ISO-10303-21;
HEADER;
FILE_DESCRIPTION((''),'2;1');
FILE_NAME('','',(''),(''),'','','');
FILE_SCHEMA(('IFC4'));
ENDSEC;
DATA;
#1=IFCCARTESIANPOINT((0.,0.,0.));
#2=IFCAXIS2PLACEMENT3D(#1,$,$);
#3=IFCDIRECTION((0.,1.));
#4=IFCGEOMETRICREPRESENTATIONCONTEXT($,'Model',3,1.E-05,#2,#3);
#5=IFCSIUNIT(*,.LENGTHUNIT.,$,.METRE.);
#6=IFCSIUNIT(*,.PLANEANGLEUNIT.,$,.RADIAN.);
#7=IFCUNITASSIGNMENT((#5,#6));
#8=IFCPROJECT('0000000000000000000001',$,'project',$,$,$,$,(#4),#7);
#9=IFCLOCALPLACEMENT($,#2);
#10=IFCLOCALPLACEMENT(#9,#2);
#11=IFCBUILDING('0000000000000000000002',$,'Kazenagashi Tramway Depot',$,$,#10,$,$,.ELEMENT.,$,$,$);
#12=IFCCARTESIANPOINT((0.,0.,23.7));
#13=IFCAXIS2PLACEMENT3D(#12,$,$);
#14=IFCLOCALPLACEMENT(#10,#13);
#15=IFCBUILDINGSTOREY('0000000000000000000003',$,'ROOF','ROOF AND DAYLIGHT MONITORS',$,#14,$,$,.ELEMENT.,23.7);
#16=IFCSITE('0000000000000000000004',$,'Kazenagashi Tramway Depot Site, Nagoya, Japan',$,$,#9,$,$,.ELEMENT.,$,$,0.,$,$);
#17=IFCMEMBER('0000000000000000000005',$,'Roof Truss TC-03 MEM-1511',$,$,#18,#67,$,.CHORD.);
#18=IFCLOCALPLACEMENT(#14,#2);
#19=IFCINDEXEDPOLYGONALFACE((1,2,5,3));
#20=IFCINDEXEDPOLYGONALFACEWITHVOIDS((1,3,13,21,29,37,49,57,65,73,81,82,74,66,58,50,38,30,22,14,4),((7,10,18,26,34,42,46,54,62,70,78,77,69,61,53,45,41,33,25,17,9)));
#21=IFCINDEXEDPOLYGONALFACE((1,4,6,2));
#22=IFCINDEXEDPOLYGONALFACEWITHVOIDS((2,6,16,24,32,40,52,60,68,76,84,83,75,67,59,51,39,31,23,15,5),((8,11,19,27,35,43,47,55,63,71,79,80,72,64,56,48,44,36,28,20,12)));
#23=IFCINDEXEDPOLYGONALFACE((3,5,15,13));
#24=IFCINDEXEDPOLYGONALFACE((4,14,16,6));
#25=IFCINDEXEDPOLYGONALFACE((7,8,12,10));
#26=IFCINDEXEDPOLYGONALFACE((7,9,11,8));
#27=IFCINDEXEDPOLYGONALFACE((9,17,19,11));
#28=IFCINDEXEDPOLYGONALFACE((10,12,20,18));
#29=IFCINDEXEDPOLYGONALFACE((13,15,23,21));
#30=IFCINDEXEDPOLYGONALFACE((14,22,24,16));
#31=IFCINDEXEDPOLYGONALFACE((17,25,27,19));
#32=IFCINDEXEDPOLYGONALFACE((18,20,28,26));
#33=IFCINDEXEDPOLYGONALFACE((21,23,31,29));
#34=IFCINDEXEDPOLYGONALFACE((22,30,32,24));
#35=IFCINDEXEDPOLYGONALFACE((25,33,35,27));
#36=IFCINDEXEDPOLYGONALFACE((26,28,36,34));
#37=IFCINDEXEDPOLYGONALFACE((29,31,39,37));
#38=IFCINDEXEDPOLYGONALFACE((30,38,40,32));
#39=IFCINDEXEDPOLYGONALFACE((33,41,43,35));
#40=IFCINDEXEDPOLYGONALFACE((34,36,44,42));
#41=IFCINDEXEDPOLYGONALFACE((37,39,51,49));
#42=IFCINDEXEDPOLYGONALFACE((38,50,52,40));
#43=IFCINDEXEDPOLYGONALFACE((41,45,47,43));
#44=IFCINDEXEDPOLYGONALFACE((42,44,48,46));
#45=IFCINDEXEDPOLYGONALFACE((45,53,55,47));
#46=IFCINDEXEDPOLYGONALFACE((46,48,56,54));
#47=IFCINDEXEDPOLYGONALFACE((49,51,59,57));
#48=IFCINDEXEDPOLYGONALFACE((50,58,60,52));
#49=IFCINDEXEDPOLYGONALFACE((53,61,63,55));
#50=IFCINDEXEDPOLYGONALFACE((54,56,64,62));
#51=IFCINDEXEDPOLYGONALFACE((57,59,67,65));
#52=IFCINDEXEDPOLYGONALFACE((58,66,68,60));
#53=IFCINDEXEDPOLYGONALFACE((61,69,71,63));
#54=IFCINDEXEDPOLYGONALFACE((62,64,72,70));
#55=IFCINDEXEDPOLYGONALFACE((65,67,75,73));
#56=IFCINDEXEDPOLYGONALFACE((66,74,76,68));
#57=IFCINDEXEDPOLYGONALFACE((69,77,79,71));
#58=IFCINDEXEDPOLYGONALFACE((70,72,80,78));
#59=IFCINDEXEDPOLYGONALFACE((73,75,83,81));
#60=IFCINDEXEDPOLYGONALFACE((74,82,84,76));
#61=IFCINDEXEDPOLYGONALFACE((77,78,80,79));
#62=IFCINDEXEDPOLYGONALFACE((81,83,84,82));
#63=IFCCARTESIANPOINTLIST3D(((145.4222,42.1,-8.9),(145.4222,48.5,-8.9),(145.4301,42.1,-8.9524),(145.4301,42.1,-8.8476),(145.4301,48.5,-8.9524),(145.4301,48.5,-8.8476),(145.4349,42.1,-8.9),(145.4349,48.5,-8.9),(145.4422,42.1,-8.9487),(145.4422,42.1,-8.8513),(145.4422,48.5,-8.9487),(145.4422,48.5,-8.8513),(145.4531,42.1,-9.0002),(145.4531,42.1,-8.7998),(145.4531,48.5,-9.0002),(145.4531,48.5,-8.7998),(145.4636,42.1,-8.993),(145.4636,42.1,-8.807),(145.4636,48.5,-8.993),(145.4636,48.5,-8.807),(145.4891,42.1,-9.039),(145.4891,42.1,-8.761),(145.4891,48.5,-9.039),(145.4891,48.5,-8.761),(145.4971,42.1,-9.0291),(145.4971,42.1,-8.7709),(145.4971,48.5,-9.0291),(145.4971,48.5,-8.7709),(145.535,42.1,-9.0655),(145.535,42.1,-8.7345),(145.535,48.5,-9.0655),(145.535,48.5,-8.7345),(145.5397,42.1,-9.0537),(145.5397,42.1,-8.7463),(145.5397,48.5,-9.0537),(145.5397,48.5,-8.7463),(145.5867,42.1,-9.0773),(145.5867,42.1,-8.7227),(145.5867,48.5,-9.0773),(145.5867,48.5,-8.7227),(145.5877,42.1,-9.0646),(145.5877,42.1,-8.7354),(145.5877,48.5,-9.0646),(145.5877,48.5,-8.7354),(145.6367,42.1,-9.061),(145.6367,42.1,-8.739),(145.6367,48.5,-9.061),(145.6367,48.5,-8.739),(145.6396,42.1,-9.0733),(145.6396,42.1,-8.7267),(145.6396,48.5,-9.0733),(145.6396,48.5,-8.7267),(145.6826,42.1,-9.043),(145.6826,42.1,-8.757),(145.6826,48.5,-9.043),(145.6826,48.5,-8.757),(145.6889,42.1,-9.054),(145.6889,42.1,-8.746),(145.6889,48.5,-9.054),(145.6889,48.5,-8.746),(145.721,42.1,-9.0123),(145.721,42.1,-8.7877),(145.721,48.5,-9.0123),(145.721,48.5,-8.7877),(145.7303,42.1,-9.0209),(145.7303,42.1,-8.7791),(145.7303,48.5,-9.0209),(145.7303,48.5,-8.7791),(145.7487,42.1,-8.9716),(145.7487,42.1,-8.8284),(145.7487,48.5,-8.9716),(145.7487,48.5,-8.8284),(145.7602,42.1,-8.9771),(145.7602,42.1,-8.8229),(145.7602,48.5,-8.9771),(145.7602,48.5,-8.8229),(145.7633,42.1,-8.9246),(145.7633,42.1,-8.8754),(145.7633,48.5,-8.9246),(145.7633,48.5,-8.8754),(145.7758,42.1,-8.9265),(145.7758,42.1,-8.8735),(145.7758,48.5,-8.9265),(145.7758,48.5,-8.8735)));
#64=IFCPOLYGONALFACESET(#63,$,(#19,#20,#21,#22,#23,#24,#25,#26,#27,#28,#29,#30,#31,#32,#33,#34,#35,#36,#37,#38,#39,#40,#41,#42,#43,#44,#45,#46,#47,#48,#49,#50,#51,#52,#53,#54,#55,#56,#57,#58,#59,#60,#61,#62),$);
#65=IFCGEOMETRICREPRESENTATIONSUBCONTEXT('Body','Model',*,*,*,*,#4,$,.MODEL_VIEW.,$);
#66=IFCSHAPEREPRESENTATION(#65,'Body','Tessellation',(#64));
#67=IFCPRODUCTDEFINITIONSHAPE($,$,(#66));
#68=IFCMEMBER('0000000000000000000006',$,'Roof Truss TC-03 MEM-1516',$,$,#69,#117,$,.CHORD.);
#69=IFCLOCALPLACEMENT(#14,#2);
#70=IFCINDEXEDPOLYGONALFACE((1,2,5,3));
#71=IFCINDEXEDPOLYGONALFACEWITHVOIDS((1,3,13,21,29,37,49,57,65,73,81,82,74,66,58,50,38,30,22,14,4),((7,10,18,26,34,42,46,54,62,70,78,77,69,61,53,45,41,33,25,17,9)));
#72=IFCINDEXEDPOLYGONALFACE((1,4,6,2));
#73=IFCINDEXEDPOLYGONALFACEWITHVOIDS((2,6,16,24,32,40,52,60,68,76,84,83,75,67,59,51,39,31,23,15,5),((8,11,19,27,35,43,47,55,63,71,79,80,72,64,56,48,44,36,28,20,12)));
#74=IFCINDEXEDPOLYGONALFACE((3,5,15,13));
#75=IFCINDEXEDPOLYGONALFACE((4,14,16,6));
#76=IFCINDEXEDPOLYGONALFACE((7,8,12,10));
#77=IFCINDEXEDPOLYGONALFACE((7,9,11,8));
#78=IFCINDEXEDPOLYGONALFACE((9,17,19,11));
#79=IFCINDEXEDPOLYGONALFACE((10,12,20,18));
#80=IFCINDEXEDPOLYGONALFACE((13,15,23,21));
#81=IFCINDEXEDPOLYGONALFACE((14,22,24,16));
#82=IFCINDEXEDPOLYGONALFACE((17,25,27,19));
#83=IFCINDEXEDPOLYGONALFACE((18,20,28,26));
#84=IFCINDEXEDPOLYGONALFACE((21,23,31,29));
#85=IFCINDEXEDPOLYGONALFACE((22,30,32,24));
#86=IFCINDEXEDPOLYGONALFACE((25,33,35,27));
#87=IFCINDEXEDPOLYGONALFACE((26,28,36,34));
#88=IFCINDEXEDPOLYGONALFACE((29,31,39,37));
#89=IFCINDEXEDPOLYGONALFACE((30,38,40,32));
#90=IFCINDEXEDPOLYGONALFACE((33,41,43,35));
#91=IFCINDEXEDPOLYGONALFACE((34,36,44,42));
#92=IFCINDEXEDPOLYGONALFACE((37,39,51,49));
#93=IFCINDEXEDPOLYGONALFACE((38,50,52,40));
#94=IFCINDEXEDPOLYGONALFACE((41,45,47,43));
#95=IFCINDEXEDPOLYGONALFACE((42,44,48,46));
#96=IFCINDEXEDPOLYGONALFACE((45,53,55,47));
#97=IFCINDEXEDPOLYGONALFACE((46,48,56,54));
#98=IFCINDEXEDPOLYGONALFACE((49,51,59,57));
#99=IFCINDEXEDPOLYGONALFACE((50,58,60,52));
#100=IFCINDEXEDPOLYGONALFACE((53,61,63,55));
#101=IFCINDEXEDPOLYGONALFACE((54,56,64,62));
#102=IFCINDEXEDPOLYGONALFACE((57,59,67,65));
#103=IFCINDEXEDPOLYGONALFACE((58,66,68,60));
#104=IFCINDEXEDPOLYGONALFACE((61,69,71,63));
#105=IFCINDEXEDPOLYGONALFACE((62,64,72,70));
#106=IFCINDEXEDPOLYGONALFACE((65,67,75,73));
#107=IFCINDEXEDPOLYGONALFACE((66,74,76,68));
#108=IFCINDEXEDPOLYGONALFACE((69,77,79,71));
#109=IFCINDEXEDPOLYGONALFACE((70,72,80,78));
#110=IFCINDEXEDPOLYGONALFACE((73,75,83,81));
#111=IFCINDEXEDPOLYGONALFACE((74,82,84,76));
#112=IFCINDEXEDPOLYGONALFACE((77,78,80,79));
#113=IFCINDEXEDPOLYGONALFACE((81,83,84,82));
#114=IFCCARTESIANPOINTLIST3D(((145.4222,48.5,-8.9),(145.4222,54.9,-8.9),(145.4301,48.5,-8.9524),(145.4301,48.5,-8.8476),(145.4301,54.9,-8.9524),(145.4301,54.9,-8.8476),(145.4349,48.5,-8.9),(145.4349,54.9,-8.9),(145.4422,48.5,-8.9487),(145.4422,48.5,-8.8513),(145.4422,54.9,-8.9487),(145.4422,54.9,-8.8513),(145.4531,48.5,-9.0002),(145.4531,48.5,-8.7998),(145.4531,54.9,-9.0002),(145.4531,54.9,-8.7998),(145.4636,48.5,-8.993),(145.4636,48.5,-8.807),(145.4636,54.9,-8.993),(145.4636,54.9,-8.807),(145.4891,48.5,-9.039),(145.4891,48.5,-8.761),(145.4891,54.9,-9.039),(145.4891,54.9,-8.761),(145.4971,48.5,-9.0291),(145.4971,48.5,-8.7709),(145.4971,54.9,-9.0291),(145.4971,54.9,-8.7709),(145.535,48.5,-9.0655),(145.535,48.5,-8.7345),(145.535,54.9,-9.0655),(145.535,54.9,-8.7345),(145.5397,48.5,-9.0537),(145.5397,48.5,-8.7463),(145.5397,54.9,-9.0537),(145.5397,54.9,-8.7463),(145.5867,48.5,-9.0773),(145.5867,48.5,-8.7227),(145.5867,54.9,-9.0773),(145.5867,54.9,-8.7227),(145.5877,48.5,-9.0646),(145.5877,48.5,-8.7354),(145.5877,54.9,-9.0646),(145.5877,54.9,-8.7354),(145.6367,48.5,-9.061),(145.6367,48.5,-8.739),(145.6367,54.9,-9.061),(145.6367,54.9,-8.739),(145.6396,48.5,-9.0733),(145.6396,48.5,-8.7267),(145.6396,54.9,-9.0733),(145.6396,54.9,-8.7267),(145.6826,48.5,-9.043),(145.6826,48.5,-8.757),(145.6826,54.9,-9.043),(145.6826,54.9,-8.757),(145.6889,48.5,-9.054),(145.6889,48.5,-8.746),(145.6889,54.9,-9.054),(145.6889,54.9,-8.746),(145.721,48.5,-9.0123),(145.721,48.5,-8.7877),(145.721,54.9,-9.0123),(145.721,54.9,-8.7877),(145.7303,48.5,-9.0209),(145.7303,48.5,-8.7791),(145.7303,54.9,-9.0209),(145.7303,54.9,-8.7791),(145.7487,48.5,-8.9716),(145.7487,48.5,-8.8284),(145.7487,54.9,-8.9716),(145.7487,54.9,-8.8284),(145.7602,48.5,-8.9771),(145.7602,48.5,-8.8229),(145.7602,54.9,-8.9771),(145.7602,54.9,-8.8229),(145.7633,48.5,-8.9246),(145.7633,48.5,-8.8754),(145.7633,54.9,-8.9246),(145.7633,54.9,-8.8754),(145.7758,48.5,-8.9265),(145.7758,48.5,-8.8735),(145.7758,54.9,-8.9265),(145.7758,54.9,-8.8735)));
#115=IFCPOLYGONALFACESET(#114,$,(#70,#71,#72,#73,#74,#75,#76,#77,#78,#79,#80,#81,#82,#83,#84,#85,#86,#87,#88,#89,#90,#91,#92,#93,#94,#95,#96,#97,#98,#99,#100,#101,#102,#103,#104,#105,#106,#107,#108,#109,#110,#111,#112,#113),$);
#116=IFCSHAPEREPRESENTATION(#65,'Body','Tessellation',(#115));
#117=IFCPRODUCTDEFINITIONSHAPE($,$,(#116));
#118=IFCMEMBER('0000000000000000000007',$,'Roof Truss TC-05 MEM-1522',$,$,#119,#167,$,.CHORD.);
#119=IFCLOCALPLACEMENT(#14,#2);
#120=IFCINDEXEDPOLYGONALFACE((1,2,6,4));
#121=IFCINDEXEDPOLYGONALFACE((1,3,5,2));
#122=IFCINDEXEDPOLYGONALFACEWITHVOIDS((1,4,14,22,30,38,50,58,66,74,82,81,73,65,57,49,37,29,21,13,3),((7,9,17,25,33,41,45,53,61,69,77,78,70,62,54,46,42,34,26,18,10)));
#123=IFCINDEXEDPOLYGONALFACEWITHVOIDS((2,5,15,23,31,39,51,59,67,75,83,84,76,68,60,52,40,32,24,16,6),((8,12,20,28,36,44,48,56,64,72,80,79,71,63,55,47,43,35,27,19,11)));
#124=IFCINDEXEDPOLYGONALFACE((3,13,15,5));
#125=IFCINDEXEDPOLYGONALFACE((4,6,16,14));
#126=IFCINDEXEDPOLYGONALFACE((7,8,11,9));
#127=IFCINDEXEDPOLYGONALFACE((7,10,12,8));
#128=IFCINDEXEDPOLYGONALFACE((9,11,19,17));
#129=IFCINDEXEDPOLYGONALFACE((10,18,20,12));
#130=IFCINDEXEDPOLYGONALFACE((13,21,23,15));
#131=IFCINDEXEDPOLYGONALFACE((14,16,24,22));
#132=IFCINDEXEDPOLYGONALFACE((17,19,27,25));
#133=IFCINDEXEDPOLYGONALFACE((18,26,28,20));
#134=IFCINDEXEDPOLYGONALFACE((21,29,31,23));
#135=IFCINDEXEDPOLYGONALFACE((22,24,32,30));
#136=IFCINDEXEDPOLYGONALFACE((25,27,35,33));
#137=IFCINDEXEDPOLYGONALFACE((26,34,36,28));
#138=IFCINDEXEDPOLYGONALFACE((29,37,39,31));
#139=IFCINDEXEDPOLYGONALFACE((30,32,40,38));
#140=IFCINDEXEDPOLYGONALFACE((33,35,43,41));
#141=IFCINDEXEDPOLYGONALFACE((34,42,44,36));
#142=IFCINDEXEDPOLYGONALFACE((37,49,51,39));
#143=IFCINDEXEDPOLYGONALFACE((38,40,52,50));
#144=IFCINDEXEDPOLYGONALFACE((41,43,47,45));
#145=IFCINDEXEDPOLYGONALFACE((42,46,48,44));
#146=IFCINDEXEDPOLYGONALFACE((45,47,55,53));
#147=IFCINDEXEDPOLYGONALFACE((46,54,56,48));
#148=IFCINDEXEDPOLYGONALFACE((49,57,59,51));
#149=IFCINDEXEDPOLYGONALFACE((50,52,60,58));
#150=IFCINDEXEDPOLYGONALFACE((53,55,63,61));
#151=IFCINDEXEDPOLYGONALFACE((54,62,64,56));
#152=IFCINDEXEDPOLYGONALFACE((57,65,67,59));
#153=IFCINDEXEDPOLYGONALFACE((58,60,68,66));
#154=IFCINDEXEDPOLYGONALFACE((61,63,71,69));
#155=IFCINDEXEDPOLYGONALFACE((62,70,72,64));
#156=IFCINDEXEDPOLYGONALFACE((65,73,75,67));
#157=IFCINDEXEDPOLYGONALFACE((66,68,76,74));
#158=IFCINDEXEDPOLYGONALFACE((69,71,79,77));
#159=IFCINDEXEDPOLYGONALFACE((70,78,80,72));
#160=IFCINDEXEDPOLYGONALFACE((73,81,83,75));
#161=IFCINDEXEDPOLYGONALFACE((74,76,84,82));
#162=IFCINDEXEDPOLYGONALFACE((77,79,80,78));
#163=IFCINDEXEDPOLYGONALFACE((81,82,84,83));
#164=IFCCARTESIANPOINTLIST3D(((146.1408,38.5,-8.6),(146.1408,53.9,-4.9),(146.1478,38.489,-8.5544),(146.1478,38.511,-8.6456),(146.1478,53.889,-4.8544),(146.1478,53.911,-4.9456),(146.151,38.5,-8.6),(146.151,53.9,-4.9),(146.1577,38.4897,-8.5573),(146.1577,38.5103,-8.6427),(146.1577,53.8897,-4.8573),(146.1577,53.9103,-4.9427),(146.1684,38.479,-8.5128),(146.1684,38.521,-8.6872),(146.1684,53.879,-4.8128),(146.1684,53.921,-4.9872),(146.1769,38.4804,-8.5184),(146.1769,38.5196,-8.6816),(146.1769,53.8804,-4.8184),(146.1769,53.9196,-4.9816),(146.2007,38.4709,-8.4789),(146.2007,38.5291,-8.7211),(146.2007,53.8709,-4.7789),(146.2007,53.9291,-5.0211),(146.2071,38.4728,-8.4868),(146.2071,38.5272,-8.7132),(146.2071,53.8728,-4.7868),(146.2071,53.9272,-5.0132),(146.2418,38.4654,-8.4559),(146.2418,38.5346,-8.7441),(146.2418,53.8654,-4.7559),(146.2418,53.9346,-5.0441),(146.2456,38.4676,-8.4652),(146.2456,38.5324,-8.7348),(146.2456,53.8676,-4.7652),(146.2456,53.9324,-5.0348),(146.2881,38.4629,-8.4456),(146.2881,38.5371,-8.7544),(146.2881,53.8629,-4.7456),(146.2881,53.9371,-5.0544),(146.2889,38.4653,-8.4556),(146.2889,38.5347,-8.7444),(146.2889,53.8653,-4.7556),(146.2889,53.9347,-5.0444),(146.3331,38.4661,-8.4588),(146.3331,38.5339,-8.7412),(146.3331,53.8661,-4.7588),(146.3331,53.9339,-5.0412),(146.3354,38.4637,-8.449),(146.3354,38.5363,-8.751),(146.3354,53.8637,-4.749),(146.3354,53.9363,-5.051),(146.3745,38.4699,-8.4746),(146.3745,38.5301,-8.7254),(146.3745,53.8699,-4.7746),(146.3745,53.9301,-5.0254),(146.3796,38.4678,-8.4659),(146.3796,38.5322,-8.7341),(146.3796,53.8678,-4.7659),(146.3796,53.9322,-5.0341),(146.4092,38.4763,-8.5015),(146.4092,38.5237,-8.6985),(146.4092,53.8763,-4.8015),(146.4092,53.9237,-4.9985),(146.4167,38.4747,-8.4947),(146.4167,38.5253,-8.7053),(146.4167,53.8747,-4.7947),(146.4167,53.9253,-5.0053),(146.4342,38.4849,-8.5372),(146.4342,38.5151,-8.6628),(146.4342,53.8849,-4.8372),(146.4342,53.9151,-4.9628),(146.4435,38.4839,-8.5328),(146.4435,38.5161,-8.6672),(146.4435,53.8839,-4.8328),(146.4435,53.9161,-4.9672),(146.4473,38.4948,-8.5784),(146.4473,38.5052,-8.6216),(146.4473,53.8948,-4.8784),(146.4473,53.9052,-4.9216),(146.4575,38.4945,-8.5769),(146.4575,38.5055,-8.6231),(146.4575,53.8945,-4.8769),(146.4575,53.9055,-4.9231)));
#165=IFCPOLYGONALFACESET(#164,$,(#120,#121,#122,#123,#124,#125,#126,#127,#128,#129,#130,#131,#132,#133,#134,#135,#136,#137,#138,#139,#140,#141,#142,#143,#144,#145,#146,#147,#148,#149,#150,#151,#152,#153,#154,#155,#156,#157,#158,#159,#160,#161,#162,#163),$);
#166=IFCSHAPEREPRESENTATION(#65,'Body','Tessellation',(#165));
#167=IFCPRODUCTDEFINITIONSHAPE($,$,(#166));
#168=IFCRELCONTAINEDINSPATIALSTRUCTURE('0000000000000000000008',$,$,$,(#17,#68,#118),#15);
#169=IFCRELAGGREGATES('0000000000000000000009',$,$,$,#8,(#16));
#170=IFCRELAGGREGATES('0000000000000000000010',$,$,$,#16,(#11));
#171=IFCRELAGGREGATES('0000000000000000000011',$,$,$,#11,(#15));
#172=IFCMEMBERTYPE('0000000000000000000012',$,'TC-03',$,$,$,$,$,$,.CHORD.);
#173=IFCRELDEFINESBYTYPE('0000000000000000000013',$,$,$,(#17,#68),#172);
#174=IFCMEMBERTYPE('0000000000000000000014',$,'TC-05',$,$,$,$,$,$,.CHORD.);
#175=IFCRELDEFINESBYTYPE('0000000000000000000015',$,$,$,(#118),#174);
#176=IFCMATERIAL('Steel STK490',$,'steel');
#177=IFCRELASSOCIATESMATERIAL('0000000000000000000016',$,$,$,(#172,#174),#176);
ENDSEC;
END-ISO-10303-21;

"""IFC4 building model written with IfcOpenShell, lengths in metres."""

from ifc_helpers import new_model, si_unit, direction, frame, origin, origin_2d, place, context, subcontext, project, spatial, hollow_circle, extrude, material, material_profile, profile_set, type_object, element, save


model = new_model("IFC4")

# Units and contexts
model_context = context("Model", 3, precision=1e-05, world=origin(), true_north=direction((0.0, 1.0)))
body_context = subcontext(model_context, "Body", "Model", "MODEL_VIEW")
ifc_project = project(units=[si_unit("LENGTHUNIT", "METRE"), si_unit("PLANEANGLEUNIT", "RADIAN")], contexts=[model_context])

# Site, building, storey
site_placement = place(None, origin())
site = spatial("IfcSite", under=ifc_project, at=site_placement, Name="Kazenagashi Tramway Depot Site, Nagoya, Japan", CompositionType="ELEMENT", RefElevation=0.0)
building_placement = place(site_placement, origin())
building = spatial("IfcBuilding", under=site, at=building_placement, Name="Kazenagashi Tramway Depot", CompositionType="ELEMENT")
storey_placement = place(building_placement, frame((0.0, 0.0, 23.7)))
storey = spatial("IfcBuildingStorey", under=building, at=storey_placement, Name="ROOF", Description="ROOF AND DAYLIGHT MONITORS", CompositionType="ELEMENT", Elevation=23.7)

# Members
ifc_material_1 = material(Name="Steel STK490", Category="steel")
ifc_material_profile_1 = material_profile(ifc_material_1, hollow_circle(Radius=0.1778, WallThickness=0.0127, at=origin_2d()), Name="CHS-355.6x12.7")
ifc_profile_set_1 = profile_set([ifc_material_profile_1], Name="Steel STK490")
member_type_1 = type_object("IfcMemberType", Name="TC-03", PredefinedType="CHORD", material=ifc_profile_set_1)
for number, where, z_axis, x_axis, name in (
    (1, (145.6, 42.1, -8.9), (0.0, 1.0, 0.0), (-1.0, 0.0, 0.0), "Roof Truss TC-03 MEM-1511"),
    (2, (145.6, 48.5, -8.9), (0.0, 1.0, 0.0), (-1.0, 0.0, 0.0), "Roof Truss TC-03 MEM-1516"),
):
    element("IfcMember", number, at=place(storey_placement, frame(where, z_axis=z_axis, x_axis=x_axis)), inside=storey, type_object=member_type_1, Name=name, PredefinedType="CHORD", context=body_context, shape_type="SweptSolid", body=[
        extrude(hollow_circle(Radius=0.1778, WallThickness=0.0127, at=origin_2d()), origin(), (0.0, 0.0, 1.0), 6.4),
    ])
ifc_material_profile_2 = material_profile(ifc_material_1, hollow_circle(Radius=0.1593, WallThickness=0.0103, at=origin_2d()), Name="CHS-318.5x10.3")
ifc_profile_set_2 = profile_set([ifc_material_profile_2], Name="Steel STK490")
member_type_2 = type_object("IfcMemberType", Name="TC-05", PredefinedType="CHORD", material=ifc_profile_set_2)
for number, where, z_axis, x_axis, name in (
    (3, (146.3, 38.5, -8.6), (0.0, 0.97233, 0.233612), (-1.0, 0.0, 0.0), "Roof Truss TC-05 MEM-1522"),
):
    element("IfcMember", number, at=place(storey_placement, frame(where, z_axis=z_axis, x_axis=x_axis)), inside=storey, type_object=member_type_2, Name=name, PredefinedType="CHORD", context=body_context, shape_type="SweptSolid", body=[
        extrude(hollow_circle(Radius=0.1593, WallThickness=0.0103, at=origin_2d()), origin(), (0.0, 0.0, 1.0), 15.8382),
    ])

save(model, "model.ifc")
